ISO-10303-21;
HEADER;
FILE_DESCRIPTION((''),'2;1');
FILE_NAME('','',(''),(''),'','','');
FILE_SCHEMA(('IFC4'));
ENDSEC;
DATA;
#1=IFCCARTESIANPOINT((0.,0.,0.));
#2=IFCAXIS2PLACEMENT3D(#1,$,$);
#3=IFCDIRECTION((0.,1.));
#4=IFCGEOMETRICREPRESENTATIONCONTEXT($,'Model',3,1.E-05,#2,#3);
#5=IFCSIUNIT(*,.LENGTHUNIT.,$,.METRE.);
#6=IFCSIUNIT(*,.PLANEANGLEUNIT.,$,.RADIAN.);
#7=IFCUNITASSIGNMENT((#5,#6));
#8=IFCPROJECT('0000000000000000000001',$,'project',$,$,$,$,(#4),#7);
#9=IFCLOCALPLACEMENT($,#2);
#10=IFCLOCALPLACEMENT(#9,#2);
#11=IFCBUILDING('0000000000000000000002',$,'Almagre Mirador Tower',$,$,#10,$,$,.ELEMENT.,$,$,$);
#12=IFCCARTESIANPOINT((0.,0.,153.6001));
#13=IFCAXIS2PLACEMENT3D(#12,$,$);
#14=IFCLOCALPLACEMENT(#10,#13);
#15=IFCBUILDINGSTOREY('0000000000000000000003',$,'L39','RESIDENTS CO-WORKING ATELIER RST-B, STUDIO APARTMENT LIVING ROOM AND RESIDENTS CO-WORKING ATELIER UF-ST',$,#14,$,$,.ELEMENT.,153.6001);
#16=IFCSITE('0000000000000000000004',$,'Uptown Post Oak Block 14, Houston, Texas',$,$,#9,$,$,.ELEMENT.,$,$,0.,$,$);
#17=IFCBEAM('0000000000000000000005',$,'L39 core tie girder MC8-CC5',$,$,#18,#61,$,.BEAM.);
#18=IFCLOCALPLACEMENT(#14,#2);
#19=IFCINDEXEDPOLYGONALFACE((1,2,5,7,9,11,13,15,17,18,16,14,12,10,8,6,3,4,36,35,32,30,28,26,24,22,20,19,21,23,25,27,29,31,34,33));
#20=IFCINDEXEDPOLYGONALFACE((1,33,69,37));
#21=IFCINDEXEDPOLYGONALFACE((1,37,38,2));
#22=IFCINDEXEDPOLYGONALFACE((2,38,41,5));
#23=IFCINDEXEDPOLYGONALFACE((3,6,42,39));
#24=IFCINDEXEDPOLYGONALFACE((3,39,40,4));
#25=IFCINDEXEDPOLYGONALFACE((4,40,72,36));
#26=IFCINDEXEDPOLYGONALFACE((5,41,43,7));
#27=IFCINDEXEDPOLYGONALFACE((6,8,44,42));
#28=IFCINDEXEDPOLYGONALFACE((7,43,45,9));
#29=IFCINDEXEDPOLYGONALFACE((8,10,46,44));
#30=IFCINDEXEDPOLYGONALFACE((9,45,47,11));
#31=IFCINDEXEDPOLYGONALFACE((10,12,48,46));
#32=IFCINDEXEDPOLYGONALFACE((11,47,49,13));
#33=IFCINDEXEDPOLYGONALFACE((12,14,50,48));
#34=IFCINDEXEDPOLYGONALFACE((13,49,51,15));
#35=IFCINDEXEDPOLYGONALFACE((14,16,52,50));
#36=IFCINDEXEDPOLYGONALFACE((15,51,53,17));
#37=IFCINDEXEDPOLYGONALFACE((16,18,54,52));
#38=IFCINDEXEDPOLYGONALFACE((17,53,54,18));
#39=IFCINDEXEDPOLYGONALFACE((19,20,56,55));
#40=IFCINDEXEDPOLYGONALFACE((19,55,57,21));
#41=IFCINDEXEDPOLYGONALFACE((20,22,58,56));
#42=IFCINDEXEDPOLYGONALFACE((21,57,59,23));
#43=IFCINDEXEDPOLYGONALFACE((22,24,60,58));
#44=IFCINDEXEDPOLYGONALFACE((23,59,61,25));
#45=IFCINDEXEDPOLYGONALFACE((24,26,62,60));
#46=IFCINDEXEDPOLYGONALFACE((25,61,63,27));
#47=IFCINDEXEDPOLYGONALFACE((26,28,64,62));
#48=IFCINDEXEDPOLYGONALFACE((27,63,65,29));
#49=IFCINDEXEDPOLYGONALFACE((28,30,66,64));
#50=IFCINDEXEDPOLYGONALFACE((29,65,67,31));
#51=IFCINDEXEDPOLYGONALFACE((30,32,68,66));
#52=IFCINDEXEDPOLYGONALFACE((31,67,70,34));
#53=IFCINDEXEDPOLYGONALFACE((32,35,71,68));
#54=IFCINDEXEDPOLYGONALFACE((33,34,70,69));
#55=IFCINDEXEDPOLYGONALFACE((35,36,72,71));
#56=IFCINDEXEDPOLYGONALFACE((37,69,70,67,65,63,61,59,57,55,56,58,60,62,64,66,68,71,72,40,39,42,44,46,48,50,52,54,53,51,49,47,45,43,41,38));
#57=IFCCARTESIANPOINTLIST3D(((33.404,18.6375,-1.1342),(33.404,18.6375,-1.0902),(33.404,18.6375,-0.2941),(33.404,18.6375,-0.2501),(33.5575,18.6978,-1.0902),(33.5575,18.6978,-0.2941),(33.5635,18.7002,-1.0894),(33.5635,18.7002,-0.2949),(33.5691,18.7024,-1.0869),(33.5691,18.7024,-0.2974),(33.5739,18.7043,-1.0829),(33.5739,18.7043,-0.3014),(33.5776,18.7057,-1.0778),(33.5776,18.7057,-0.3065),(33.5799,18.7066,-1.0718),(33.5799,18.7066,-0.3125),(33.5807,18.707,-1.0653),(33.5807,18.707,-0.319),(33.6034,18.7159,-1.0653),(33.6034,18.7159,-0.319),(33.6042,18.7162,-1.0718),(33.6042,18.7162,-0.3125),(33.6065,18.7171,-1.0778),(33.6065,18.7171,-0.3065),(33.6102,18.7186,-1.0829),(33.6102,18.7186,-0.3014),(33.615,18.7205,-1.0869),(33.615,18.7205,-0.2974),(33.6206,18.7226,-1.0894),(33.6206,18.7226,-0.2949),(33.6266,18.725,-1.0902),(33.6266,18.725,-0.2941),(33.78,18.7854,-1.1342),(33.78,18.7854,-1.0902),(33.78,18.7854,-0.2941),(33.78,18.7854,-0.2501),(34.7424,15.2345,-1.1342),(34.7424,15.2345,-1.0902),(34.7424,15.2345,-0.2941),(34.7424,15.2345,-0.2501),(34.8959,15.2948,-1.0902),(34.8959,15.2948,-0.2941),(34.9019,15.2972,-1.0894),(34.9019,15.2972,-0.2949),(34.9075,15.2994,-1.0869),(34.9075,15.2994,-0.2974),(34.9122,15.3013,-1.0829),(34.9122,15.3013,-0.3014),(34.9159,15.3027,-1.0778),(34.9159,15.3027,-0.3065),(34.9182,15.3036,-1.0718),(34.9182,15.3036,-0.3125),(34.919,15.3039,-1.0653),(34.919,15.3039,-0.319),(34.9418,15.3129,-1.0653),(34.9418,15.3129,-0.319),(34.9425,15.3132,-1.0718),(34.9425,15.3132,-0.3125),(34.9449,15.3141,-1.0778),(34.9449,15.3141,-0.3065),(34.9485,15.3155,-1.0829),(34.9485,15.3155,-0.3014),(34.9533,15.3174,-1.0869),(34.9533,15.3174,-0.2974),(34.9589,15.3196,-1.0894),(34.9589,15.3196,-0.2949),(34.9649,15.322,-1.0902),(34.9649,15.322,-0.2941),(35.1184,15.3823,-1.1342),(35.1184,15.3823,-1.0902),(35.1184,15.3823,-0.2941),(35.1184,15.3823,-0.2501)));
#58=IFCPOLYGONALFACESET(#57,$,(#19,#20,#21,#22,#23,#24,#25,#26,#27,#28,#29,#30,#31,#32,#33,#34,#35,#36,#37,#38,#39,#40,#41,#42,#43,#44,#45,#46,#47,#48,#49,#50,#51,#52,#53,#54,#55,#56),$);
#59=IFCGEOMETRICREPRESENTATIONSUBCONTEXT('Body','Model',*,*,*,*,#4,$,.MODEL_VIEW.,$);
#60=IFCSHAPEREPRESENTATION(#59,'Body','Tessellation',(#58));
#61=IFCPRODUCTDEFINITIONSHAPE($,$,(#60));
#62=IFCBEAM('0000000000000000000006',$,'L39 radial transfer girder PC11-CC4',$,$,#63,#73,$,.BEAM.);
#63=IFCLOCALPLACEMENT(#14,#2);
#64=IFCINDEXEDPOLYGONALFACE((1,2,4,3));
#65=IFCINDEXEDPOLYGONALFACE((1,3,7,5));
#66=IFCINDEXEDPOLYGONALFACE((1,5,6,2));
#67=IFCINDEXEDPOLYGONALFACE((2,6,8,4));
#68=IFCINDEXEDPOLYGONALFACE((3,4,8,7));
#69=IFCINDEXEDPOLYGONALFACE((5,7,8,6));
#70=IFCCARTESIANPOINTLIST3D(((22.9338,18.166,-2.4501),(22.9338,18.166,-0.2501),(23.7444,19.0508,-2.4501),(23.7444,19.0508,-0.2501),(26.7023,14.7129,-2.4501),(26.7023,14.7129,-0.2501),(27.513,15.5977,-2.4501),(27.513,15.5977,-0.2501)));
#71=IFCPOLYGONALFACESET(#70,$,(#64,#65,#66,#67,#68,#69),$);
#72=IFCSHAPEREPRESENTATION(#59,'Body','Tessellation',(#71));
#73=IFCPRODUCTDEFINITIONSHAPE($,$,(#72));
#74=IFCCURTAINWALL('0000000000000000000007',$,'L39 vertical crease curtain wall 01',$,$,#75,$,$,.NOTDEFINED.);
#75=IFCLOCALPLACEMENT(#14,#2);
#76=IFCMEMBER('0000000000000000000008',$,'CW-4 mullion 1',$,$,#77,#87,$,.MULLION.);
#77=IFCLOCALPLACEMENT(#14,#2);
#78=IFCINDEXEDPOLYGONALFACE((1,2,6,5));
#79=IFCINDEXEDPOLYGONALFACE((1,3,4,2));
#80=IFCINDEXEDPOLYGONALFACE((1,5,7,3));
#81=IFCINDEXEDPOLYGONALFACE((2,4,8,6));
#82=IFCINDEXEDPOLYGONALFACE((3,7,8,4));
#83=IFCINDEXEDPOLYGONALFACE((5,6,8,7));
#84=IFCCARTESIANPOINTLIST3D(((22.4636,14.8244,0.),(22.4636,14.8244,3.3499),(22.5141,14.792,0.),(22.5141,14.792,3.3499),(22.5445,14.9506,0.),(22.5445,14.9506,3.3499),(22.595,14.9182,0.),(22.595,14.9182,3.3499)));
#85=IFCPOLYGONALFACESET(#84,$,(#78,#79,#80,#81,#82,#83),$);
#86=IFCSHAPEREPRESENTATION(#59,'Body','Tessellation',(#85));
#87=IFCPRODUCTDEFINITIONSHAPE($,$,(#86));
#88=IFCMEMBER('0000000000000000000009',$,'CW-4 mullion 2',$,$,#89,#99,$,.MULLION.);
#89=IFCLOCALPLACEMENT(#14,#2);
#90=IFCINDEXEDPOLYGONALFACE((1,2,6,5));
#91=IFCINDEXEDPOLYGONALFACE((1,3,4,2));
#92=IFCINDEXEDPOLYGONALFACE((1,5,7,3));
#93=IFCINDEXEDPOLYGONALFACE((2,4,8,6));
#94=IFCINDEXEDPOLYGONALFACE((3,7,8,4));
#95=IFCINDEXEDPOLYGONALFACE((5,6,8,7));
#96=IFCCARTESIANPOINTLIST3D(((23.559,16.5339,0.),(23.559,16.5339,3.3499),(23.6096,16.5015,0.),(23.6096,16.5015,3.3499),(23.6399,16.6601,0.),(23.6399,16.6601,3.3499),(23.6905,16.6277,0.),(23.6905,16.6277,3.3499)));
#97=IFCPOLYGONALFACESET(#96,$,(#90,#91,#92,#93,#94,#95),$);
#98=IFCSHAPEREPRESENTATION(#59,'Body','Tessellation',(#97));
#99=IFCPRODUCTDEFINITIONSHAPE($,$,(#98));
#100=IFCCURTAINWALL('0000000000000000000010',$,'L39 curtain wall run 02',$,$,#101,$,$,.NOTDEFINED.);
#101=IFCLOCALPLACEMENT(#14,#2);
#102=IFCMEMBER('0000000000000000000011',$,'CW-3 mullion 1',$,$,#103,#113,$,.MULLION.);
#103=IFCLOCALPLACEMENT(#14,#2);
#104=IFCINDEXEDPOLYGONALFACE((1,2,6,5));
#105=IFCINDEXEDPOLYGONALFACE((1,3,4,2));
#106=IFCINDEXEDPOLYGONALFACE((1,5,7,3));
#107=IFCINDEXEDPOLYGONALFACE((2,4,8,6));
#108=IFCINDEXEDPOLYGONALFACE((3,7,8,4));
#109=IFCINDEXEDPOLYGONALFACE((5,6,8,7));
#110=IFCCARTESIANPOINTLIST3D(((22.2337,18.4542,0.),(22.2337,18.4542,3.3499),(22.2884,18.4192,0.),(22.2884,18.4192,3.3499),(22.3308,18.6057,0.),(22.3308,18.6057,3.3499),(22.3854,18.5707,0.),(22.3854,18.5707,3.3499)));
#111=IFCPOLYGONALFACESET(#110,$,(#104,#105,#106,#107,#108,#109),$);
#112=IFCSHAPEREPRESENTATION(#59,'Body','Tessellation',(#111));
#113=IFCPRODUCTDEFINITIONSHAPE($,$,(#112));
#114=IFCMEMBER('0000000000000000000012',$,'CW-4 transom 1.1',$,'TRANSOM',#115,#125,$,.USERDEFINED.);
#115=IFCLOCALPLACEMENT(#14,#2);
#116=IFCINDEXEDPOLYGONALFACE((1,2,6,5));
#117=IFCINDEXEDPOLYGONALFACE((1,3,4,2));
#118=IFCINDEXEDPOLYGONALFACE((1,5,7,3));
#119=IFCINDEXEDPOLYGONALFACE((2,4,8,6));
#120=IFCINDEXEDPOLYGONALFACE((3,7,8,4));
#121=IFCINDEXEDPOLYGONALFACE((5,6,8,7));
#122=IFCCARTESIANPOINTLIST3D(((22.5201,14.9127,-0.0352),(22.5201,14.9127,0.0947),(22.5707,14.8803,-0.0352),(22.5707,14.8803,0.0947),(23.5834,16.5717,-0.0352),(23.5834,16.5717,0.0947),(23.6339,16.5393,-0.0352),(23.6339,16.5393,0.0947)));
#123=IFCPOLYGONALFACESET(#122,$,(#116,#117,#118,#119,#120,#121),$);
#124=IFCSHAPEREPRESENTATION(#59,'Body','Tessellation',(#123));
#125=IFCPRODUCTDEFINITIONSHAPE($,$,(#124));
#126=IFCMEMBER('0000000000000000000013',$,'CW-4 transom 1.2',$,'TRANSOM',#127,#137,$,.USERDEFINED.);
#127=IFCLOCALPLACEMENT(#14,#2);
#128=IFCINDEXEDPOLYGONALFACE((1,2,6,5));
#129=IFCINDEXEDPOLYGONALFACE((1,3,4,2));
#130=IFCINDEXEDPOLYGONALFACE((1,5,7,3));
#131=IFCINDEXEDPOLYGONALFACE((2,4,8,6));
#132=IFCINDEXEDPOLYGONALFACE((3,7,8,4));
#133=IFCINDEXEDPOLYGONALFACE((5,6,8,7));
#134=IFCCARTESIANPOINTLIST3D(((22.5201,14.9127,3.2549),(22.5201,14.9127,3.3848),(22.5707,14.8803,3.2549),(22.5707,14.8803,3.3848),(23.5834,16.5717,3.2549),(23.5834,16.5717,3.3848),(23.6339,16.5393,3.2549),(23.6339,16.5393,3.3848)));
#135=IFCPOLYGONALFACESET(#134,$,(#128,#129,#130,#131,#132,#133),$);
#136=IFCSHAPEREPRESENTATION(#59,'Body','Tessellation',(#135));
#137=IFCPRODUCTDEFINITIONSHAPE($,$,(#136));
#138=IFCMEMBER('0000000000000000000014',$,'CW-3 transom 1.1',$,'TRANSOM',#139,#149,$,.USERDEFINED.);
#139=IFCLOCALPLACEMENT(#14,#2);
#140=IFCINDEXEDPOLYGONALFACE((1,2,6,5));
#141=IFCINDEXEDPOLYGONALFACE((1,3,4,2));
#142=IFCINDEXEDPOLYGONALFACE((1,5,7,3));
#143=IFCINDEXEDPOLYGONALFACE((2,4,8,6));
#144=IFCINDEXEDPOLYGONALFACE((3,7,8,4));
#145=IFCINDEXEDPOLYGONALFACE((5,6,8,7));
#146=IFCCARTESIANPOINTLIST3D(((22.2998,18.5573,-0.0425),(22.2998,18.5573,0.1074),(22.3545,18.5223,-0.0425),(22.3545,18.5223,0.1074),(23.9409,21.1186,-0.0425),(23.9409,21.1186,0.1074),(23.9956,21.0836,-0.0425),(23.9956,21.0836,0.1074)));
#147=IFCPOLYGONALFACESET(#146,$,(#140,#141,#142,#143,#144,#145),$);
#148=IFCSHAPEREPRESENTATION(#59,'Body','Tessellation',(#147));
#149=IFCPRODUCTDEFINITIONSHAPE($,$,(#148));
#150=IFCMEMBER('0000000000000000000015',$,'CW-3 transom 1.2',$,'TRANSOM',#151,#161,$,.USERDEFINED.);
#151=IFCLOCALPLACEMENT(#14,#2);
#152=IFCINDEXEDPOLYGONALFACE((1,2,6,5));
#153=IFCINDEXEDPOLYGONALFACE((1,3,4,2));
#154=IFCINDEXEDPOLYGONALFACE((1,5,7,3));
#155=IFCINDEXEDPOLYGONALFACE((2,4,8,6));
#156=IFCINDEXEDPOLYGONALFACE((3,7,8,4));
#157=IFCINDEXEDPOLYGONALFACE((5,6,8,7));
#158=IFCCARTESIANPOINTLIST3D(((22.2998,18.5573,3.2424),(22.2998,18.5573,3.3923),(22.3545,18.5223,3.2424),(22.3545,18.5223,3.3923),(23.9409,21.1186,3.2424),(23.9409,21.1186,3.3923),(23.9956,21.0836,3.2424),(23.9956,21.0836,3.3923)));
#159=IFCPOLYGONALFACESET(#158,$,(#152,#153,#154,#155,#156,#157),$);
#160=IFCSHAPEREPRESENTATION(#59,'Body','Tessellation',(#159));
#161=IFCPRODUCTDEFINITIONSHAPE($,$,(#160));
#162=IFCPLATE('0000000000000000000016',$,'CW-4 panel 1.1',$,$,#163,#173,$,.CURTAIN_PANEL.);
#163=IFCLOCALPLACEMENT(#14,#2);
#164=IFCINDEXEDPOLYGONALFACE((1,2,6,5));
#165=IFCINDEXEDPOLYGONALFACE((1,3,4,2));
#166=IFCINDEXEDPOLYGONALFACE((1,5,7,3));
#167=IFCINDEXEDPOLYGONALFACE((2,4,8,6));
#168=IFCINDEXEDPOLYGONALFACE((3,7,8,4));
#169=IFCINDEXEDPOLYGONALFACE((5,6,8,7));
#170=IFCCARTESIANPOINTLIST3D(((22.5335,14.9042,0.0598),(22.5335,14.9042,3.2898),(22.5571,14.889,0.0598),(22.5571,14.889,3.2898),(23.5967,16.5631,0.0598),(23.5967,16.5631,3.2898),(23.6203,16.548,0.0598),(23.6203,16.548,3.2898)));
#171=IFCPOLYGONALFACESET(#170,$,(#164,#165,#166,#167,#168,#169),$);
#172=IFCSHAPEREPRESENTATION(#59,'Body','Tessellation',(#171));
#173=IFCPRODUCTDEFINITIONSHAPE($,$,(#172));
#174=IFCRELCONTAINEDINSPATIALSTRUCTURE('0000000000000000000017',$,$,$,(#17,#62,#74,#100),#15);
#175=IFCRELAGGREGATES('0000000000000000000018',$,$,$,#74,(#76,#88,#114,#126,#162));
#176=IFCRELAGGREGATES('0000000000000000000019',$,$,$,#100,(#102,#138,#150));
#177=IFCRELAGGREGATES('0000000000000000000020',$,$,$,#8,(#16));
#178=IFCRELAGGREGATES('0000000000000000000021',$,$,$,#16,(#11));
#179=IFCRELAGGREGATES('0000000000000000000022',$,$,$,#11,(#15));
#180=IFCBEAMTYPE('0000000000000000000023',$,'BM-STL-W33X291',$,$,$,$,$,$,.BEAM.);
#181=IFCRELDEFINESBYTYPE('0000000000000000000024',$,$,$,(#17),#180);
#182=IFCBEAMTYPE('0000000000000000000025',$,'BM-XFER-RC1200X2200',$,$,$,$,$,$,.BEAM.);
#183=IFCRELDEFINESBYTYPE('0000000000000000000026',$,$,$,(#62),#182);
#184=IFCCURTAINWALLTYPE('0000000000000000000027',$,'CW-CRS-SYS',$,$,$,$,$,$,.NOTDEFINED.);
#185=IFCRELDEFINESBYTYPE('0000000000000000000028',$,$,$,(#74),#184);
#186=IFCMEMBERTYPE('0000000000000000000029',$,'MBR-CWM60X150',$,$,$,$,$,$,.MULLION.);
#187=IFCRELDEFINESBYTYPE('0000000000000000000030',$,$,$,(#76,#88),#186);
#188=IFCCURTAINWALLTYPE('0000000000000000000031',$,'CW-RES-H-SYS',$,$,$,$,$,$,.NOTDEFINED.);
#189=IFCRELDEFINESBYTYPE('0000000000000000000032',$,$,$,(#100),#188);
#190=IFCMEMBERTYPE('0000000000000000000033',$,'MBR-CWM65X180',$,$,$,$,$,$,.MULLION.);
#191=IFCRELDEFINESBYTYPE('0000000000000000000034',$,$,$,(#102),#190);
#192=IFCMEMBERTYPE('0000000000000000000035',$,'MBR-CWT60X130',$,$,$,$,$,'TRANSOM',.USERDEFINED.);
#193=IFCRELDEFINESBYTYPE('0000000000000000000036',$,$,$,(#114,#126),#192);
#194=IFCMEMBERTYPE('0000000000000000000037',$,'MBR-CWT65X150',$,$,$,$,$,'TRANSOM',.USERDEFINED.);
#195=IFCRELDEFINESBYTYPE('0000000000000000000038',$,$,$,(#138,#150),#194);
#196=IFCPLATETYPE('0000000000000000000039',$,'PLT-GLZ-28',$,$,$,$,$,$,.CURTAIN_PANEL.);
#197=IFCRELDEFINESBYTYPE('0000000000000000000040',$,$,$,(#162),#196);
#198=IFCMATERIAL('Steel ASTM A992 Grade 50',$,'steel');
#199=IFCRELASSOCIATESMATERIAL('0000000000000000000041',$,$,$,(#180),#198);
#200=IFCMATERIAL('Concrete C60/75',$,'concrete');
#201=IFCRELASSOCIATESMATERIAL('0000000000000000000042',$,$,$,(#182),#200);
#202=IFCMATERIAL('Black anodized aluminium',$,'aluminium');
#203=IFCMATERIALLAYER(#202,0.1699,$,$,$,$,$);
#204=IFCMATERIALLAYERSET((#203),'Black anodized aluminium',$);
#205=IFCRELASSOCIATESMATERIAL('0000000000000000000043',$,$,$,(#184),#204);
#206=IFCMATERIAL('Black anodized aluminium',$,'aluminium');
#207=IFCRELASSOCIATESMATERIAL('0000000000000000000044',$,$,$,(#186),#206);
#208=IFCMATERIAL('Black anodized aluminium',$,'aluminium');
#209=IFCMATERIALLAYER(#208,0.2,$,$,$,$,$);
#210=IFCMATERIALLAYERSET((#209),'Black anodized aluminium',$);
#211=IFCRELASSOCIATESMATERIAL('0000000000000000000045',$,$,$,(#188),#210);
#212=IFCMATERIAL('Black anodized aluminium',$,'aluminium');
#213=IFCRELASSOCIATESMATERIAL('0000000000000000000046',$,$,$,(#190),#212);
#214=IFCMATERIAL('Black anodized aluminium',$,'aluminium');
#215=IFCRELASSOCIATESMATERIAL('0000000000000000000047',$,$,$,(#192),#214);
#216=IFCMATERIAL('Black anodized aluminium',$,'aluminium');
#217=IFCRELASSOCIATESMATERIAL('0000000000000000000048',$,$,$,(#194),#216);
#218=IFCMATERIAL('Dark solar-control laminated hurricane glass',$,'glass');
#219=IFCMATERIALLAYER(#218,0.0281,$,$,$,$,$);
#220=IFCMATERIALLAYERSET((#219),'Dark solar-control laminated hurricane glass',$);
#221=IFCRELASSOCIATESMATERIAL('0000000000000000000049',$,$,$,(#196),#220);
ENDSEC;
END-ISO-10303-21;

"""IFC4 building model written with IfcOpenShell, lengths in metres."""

from ifc_helpers import new_model, si_unit, direction, frame, origin, origin_2d, place, context, subcontext, project, spatial, rectangle, i_section, extrude, material, layer, layer_set, material_profile, profile_set, type_object, element, aggregate, save


model = new_model("IFC4")

# Units and contexts
model_context = context("Model", 3, precision=1e-05, world=origin(), true_north=direction((0.0, 1.0)))
body_context = subcontext(model_context, "Body", "Model", "MODEL_VIEW")
ifc_project = project(units=[si_unit("LENGTHUNIT", "METRE"), si_unit("PLANEANGLEUNIT", "RADIAN")], contexts=[model_context])

# Site, building, storey
site_placement = place(None, origin())
site = spatial("IfcSite", under=ifc_project, at=site_placement, Name="Uptown Post Oak Block 14, Houston, Texas", CompositionType="ELEMENT", RefElevation=0.0)
building_placement = place(site_placement, origin())
building = spatial("IfcBuilding", under=site, at=building_placement, Name="Almagre Mirador Tower", CompositionType="ELEMENT")
storey_placement = place(building_placement, frame((0.0, 0.0, 153.6001)))
storey = spatial("IfcBuildingStorey", under=building, at=storey_placement, Name="L39", Description="RESIDENTS CO-WORKING ATELIER RST-B, STUDIO APARTMENT LIVING ROOM AND RESIDENTS CO-WORKING ATELIER UF-ST", CompositionType="ELEMENT", Elevation=153.6001)

# Beams
ifc_material_1 = material(Name="Steel ASTM A992 Grade 50", Category="steel")
ifc_material_profile_1 = material_profile(ifc_material_1, i_section(OverallWidth=0.4041, OverallDepth=0.884, WebThickness=0.0244, FlangeThickness=0.0439, FilletRadius=0.0249, at=origin_2d()), Name="W33X291")
ifc_profile_set_1 = profile_set([ifc_material_profile_1], Name="Steel ASTM A992 Grade 50")
beam_type_1 = type_object("IfcBeamType", Name="BM-STL-W33X291", PredefinedType="BEAM", material=ifc_profile_set_1)
beam_1_placement = place(storey_placement, frame((33.592, 18.7114, -0.6921), z_axis=(0.365997, -0.930616, 0.0), x_axis=(0.930616, 0.365997, 0.0)))
element("IfcBeam", 1, at=beam_1_placement, inside=storey, type_object=beam_type_1, Name="L39 core tie girder MC8-CC5", PredefinedType="BEAM", context=body_context, shape_type="SweptSolid", body=[
    extrude(i_section(OverallWidth=0.4041, OverallDepth=0.884, WebThickness=0.0244, FlangeThickness=0.0439, FilletRadius=0.0249, at=origin_2d()), origin(), (0.0, 0.0, 1.0), 3.6567),
])
ifc_material_2 = material(Name="Concrete C60/75", Category="concrete")
ifc_material_profile_2 = material_profile(ifc_material_2, rectangle(XDim=1.2, YDim=2.2, at=origin_2d()), Name="RC1200X2200")
ifc_profile_set_2 = profile_set([ifc_material_profile_2], Name="Concrete C60/75")
beam_type_2 = type_object("IfcBeamType", Name="BM-XFER-RC1200X2200", PredefinedType="BEAM", material=ifc_profile_set_2)
beam_2_placement = place(storey_placement, frame((23.3391, 18.6084, -1.3501), z_axis=(0.737289, -0.675578, 0.0), x_axis=(0.675578, 0.737289, 0.0)))
element("IfcBeam", 2, at=beam_2_placement, inside=storey, type_object=beam_type_2, Name="L39 radial transfer girder PC11-CC4", PredefinedType="BEAM", context=body_context, shape_type="SweptSolid", body=[
    extrude(rectangle(XDim=1.2, YDim=2.2, at=origin_2d()), origin(), (0.0, 0.0, 1.0), 5.1113),
])

# Curtain wall, members
ifc_material_3 = material(Name="Black anodized aluminium", Category="aluminium")
ifc_layer_1 = layer(ifc_material_3, 0.1699)
ifc_layer_set_1 = layer_set([ifc_layer_1], Name="Black anodized aluminium")
curtain_wall_type_1 = type_object("IfcCurtainWallType", Name="CW-CRS-SYS", PredefinedType="NOTDEFINED", material=ifc_layer_set_1)
curtain_wall_1_placement = place(storey_placement, origin())
curtain_wall_1 = element("IfcCurtainWall", 3, at=curtain_wall_1_placement, inside=storey, type_object=curtain_wall_type_1, Name="L39 vertical crease curtain wall 01", PredefinedType="NOTDEFINED")
ifc_material_4 = material(Name="Black anodized aluminium", Category="aluminium")
ifc_material_profile_3 = material_profile(ifc_material_4, rectangle(XDim=0.0601, YDim=0.1499, at=origin_2d()), Name="CWM60X150")
ifc_profile_set_3 = profile_set([ifc_material_profile_3], Name="Black anodized aluminium")
member_type_1 = type_object("IfcMemberType", Name="MBR-CWM60X150", PredefinedType="MULLION", material=ifc_profile_set_3)
member_1_placement = place(storey_placement, frame((22.5293, 14.8713, 0.0), z_axis=(0.0, 0.0, 1.0), x_axis=(-0.841924, 0.539597, 0.0)))
member_1 = element("IfcMember", 4, at=member_1_placement, type_object=member_type_1, Name="CW-4 mullion 1", PredefinedType="MULLION", context=body_context, shape_type="SweptSolid", body=[
    extrude(rectangle(XDim=0.0601, YDim=0.1499, at=origin_2d()), origin(), (0.0, 0.0, 1.0), 3.3499),
])
member_2_placement = place(storey_placement, frame((23.6248, 16.5808, 0.0), z_axis=(0.0, 0.0, 1.0), x_axis=(-0.841924, 0.539597, 0.0)))
member_2 = element("IfcMember", 5, at=member_2_placement, type_object=member_type_1, Name="CW-4 mullion 2", PredefinedType="MULLION", context=body_context, shape_type="SweptSolid", body=[
    extrude(rectangle(XDim=0.0601, YDim=0.1499, at=origin_2d()), origin(), (0.0, 0.0, 1.0), 3.3499),
])

# Curtain wall, member
ifc_material_5 = material(Name="Black anodized aluminium", Category="aluminium")
ifc_layer_2 = layer(ifc_material_5, 0.2)
ifc_layer_set_2 = layer_set([ifc_layer_2], Name="Black anodized aluminium")
curtain_wall_type_2 = type_object("IfcCurtainWallType", Name="CW-RES-H-SYS", PredefinedType="NOTDEFINED", material=ifc_layer_set_2)
curtain_wall_2_placement = place(storey_placement, origin())
curtain_wall_2 = element("IfcCurtainWall", 6, at=curtain_wall_2_placement, inside=storey, type_object=curtain_wall_type_2, Name="L39 curtain wall run 02", PredefinedType="NOTDEFINED")
ifc_material_6 = material(Name="Black anodized aluminium", Category="aluminium")
ifc_material_profile_4 = material_profile(ifc_material_6, rectangle(XDim=0.0649, YDim=0.1799, at=origin_2d()), Name="CWM65X180")
ifc_profile_set_4 = profile_set([ifc_material_profile_4], Name="Black anodized aluminium")
member_type_2 = type_object("IfcMemberType", Name="MBR-CWM65X180", PredefinedType="MULLION", material=ifc_profile_set_4)
member_3_placement = place(storey_placement, frame((22.3096, 18.5125, 0.0), z_axis=(0.0, 0.0, 1.0), x_axis=(-0.841981, 0.539507, 0.0)))
member_3 = element("IfcMember", 7, at=member_3_placement, type_object=member_type_2, Name="CW-3 mullion 1", PredefinedType="MULLION", context=body_context, shape_type="SweptSolid", body=[
    extrude(rectangle(XDim=0.0649, YDim=0.1799, at=origin_2d()), origin(), (0.0, 0.0, 1.0), 3.3499),
])

# Members
ifc_material_7 = material(Name="Black anodized aluminium", Category="aluminium")
ifc_material_profile_5 = material_profile(ifc_material_7, rectangle(XDim=0.0601, YDim=0.1299, at=origin_2d()), Name="CWT60X130")
ifc_profile_set_5 = profile_set([ifc_material_profile_5], Name="Black anodized aluminium")
member_type_3 = type_object("IfcMemberType", Name="MBR-CWT60X130", ElementType="TRANSOM", PredefinedType="USERDEFINED", material=ifc_profile_set_5)
member_4_placement = place(storey_placement, frame((22.5454, 14.8965, 0.0298), z_axis=(0.539599, 0.841922, 0.0), x_axis=(-0.841922, 0.539599, 0.0)))
member_4 = element("IfcMember", 8, at=member_4_placement, type_object=member_type_3, Name="CW-4 transom 1.1", ObjectType="TRANSOM", PredefinedType="USERDEFINED", context=body_context, shape_type="SweptSolid", body=[
    extrude(rectangle(XDim=0.0601, YDim=0.1299, at=origin_2d()), origin(), (0.0, 0.0, 1.0), 1.9705),
])
member_5_placement = place(storey_placement, frame((22.5454, 14.8965, 3.3198), z_axis=(0.539599, 0.841922, 0.0), x_axis=(-0.841922, 0.539599, 0.0)))
member_5 = element("IfcMember", 9, at=member_5_placement, type_object=member_type_3, Name="CW-4 transom 1.2", ObjectType="TRANSOM", PredefinedType="USERDEFINED", context=body_context, shape_type="SweptSolid", body=[
    extrude(rectangle(XDim=0.0601, YDim=0.1299, at=origin_2d()), origin(), (0.0, 0.0, 1.0), 1.9705),
])
ifc_material_8 = material(Name="Black anodized aluminium", Category="aluminium")
ifc_material_profile_6 = material_profile(ifc_material_8, rectangle(XDim=0.0649, YDim=0.1499, at=origin_2d()), Name="CWT65X150")
ifc_profile_set_6 = profile_set([ifc_material_profile_6], Name="Black anodized aluminium")
member_type_4 = type_object("IfcMemberType", Name="MBR-CWT65X150", ElementType="TRANSOM", PredefinedType="USERDEFINED", material=ifc_profile_set_6)
member_6_placement = place(storey_placement, frame((22.3271, 18.5398, 0.0325), z_axis=(0.539495, 0.841989, 0.0), x_axis=(-0.841989, 0.539495, 0.0)))
member_6 = element("IfcMember", 10, at=member_6_placement, type_object=member_type_4, Name="CW-3 transom 1.1", ObjectType="TRANSOM", PredefinedType="USERDEFINED", context=body_context, shape_type="SweptSolid", body=[
    extrude(rectangle(XDim=0.0649, YDim=0.1499, at=origin_2d()), origin(), (0.0, 0.0, 1.0), 3.042),
])
member_7_placement = place(storey_placement, frame((22.3271, 18.5398, 3.3174), z_axis=(0.539495, 0.841989, 0.0), x_axis=(-0.841989, 0.539495, 0.0)))
member_7 = element("IfcMember", 11, at=member_7_placement, type_object=member_type_4, Name="CW-3 transom 1.2", ObjectType="TRANSOM", PredefinedType="USERDEFINED", context=body_context, shape_type="SweptSolid", body=[
    extrude(rectangle(XDim=0.0649, YDim=0.1499, at=origin_2d()), origin(), (0.0, 0.0, 1.0), 3.042),
])

# Plate
ifc_material_9 = material(Name="Dark solar-control laminated hurricane glass", Category="glass")
ifc_layer_3 = layer(ifc_material_9, 0.0281)
ifc_layer_set_3 = layer_set([ifc_layer_3], Name="Dark solar-control laminated hurricane glass")
plate_type_1 = type_object("IfcPlateType", Name="PLT-GLZ-28", PredefinedType="CURTAIN_PANEL", material=ifc_layer_set_3)
plate_1_placement = place(storey_placement, frame((23.0769, 15.7261, 0.0598), z_axis=(0.0, 0.0, 1.0), x_axis=(0.539597, 0.841924, 0.0)))
plate_1 = element("IfcPlate", 12, at=plate_1_placement, type_object=plate_type_1, Name="CW-4 panel 1.1", PredefinedType="CURTAIN_PANEL", context=body_context, shape_type="SweptSolid", body=[
    extrude(rectangle(XDim=1.9705, YDim=0.0281, at=origin_2d()), origin(), (0.0, 0.0, 1.0), 3.23),
])
aggregate(curtain_wall_1, [member_1, member_2, member_4, member_5, plate_1])
aggregate(curtain_wall_2, [member_3, member_6, member_7])

save(model, "model.ifc")
